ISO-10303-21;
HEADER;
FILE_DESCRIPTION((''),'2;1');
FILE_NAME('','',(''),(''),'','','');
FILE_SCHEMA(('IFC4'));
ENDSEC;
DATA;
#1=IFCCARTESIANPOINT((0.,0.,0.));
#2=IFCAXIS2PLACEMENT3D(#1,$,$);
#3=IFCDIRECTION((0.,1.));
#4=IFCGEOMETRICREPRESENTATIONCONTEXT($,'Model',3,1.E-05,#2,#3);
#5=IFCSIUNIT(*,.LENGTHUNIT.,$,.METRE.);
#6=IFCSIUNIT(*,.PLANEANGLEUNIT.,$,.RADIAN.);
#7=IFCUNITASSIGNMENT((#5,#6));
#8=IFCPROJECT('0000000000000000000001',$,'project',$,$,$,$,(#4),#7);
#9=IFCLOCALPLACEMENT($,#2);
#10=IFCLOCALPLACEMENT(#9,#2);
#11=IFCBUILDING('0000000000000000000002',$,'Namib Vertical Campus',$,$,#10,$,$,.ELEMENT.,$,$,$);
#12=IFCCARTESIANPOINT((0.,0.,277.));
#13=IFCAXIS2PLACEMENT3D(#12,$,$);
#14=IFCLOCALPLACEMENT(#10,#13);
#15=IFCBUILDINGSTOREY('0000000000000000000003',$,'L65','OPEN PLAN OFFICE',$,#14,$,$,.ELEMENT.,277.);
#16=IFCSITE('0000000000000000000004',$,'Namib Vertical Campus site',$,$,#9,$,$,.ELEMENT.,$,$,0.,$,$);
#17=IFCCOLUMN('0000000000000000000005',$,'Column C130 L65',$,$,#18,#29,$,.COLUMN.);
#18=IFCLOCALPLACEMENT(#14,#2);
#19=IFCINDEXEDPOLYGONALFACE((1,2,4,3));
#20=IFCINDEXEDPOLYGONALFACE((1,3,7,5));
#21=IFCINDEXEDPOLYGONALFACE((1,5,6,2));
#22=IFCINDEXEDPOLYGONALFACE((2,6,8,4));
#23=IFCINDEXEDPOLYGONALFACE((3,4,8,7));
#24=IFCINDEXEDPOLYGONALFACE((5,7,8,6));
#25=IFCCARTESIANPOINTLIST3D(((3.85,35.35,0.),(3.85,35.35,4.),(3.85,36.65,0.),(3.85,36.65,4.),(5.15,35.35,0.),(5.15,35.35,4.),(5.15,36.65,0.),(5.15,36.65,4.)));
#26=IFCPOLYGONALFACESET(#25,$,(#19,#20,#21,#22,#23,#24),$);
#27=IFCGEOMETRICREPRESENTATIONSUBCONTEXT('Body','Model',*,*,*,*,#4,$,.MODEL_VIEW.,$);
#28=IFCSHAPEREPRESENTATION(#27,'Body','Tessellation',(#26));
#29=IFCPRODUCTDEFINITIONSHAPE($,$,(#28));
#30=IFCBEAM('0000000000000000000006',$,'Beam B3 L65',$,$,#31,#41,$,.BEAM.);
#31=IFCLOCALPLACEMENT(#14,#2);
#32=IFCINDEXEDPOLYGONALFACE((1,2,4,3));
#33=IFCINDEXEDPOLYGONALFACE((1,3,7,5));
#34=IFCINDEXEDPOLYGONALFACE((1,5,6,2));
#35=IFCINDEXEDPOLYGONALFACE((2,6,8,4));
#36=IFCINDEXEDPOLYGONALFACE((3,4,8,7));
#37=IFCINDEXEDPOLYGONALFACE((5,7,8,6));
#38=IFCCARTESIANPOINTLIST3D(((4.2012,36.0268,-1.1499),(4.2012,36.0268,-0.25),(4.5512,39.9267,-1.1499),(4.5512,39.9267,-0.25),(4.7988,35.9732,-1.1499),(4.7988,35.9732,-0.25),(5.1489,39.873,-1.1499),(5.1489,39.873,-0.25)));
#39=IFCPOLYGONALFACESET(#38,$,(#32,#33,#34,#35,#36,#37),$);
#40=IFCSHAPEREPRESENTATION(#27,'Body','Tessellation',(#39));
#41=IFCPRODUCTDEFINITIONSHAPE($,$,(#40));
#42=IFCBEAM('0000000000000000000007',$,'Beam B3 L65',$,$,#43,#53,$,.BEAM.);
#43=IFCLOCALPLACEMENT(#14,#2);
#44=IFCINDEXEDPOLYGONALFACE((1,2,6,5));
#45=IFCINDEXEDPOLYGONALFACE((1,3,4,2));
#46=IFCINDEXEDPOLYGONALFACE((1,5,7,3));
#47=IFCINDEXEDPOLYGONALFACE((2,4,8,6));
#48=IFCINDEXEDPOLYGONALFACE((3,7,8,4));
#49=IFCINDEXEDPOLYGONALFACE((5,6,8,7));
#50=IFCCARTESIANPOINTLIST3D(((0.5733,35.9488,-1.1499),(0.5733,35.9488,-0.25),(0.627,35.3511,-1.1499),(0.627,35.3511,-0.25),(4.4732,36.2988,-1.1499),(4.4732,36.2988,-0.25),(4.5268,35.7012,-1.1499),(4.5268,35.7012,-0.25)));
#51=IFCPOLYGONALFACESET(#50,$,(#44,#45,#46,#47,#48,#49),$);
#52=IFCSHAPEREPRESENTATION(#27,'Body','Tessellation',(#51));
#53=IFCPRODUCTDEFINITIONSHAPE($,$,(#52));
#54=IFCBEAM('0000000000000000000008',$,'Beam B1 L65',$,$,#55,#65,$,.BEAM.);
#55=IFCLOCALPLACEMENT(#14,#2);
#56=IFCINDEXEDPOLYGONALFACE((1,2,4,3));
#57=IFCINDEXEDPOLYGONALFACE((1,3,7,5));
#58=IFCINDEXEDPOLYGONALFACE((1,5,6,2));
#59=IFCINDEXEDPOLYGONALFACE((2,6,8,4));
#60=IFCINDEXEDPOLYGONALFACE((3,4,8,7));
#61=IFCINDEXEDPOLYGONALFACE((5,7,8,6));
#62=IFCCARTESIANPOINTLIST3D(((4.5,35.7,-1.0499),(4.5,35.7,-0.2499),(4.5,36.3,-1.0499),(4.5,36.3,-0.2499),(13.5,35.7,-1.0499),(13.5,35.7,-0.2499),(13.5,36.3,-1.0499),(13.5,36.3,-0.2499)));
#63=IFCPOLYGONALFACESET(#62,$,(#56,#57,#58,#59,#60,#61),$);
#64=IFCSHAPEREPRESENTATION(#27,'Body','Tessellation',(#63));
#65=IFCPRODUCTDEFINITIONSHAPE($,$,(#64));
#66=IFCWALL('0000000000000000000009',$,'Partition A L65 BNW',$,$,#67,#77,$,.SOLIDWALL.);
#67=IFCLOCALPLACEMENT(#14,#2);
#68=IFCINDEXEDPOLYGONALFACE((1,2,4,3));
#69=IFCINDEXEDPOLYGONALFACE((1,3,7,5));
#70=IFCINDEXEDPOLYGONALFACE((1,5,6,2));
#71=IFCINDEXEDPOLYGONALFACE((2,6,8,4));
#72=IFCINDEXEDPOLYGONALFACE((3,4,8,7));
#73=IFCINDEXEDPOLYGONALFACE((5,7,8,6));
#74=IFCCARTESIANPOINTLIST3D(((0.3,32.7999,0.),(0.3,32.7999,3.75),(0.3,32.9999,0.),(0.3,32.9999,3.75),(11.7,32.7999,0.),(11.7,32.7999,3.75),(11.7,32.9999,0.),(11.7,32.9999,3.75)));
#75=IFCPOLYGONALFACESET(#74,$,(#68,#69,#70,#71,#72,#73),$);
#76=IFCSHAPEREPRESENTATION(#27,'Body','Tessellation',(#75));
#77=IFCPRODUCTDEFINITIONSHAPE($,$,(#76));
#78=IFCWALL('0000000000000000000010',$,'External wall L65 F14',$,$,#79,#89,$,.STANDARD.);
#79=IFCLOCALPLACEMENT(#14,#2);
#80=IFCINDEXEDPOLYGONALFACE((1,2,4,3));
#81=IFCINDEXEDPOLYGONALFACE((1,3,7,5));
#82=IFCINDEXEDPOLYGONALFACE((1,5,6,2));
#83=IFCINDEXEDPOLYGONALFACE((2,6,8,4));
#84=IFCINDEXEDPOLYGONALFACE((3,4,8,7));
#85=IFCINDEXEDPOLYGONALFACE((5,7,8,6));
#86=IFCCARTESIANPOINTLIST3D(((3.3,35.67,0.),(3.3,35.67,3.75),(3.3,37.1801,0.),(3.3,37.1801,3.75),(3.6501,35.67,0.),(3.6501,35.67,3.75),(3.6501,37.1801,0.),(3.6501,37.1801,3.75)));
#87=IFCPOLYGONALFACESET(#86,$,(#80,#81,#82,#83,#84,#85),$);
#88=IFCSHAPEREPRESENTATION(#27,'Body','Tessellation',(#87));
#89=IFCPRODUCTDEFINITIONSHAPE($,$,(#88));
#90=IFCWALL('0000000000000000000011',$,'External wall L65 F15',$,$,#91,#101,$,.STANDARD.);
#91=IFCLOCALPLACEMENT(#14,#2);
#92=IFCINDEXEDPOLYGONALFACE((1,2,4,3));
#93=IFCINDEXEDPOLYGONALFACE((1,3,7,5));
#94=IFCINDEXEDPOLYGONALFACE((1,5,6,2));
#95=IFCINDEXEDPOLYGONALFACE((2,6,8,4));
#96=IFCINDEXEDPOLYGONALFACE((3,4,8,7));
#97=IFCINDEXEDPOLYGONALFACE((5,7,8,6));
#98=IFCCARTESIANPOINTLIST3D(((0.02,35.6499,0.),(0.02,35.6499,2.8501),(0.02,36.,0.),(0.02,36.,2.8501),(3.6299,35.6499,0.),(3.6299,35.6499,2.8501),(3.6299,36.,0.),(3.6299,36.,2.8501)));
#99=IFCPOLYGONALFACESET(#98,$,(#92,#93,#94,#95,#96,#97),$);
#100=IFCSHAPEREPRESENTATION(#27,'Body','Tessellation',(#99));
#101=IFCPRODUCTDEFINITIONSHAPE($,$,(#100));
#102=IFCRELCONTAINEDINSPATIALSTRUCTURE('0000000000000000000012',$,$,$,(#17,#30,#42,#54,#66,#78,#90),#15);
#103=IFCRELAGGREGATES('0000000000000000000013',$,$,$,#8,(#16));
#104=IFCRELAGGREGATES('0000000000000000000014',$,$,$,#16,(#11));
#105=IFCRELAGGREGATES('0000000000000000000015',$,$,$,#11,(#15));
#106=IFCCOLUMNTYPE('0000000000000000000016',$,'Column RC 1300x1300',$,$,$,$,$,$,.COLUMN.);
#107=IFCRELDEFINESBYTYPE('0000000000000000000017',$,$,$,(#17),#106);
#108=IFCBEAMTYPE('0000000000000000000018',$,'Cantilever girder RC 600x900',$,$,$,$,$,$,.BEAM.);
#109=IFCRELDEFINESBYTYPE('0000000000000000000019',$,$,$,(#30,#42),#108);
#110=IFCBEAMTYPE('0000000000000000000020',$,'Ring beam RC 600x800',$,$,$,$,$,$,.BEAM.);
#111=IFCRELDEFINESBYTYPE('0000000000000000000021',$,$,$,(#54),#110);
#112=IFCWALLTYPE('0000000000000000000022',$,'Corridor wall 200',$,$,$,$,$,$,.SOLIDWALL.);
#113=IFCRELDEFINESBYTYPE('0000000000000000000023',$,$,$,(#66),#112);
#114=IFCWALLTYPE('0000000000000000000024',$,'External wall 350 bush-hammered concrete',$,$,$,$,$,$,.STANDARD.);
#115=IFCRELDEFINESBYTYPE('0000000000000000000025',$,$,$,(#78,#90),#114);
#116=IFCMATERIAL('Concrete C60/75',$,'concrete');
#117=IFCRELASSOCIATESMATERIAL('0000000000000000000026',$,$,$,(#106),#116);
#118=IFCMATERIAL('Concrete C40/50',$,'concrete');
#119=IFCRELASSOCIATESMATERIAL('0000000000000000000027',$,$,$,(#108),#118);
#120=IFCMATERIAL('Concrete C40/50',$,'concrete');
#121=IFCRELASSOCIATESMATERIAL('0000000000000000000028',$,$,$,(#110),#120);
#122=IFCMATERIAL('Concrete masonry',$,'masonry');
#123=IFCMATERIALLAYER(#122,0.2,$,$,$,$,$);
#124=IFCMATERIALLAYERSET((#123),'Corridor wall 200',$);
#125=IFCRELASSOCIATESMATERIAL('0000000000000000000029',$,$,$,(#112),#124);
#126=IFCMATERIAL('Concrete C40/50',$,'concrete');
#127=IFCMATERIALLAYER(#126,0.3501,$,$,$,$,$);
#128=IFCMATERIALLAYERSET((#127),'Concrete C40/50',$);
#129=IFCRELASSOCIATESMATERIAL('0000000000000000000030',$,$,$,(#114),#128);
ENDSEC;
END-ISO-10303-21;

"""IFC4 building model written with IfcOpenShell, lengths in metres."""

from ifc_helpers import new_model, si_unit, direction, frame, frame_2d, origin, origin_2d, place, context, subcontext, project, spatial, rectangle, extrude, material, layer, layer_set, material_profile, profile_set, type_object, element, save


model = new_model("IFC4")

# Units and contexts
model_context = context("Model", 3, precision=1e-05, world=origin(), true_north=direction((0.0, 1.0)))
body_context = subcontext(model_context, "Body", "Model", "MODEL_VIEW")
ifc_project = project(units=[si_unit("LENGTHUNIT", "METRE"), si_unit("PLANEANGLEUNIT", "RADIAN")], contexts=[model_context])

# Site, building, storey
site_placement = place(None, origin())
site = spatial("IfcSite", under=ifc_project, at=site_placement, Name="Namib Vertical Campus site", CompositionType="ELEMENT", RefElevation=0.0)
building_placement = place(site_placement, origin())
building = spatial("IfcBuilding", under=site, at=building_placement, Name="Namib Vertical Campus", CompositionType="ELEMENT")
storey_placement = place(building_placement, frame((0.0, 0.0, 277.0)))
storey = spatial("IfcBuildingStorey", under=building, at=storey_placement, Name="L65", Description="OPEN PLAN OFFICE", CompositionType="ELEMENT", Elevation=277.0)

# Column
ifc_material_1 = material(Name="Concrete C60/75", Category="concrete")
ifc_material_profile_1 = material_profile(ifc_material_1, rectangle(XDim=1.3, YDim=1.3, at=origin_2d()))
ifc_profile_set_1 = profile_set([ifc_material_profile_1], Name="Concrete C60/75")
column_type = type_object("IfcColumnType", Name="Column RC 1300x1300", PredefinedType="COLUMN", material=ifc_profile_set_1)
column_placement = place(storey_placement, frame((4.5, 36.0, 0.0), z_axis=(0.0, 0.0, 1.0), x_axis=(1.0, 0.0, 0.0)))
element("IfcColumn", 1, at=column_placement, inside=storey, type_object=column_type, Name="Column C130 L65", PredefinedType="COLUMN", context=body_context, shape_type="SweptSolid", body=[
    extrude(rectangle(XDim=1.3, YDim=1.3, at=origin_2d()), origin(), (0.0, 0.0, 1.0), 4.0),
])

# Beams
ifc_material_2 = material(Name="Concrete C40/50", Category="concrete")
ifc_material_profile_2 = material_profile(ifc_material_2, rectangle(XDim=0.6001, YDim=0.8999, at=origin_2d()))
ifc_profile_set_2 = profile_set([ifc_material_profile_2], Name="Concrete C40/50")
beam_type_1 = type_object("IfcBeamType", Name="Cantilever girder RC 600x900", PredefinedType="BEAM", material=ifc_profile_set_2)
for number, where, z_axis, x_axis, name in (
    (2, (4.5, 36.0, -0.7), (0.089411, 0.995995, 0.0), (-0.995995, 0.089411, 0.0), "Beam B3 L65"),
    (3, (4.5, 36.0, -0.7), (-0.995995, -0.089411, 0.0), (0.089411, -0.995995, 0.0), "Beam B3 L65"),
):
    element("IfcBeam", number, at=place(storey_placement, frame(where, z_axis=z_axis, x_axis=x_axis)), inside=storey, type_object=beam_type_1, Name=name, PredefinedType="BEAM", context=body_context, shape_type="SweptSolid", body=[
        extrude(rectangle(XDim=0.6001, YDim=0.8999, at=origin_2d()), origin(), (0.0, 0.0, 1.0), 3.9155),
    ])
ifc_material_3 = material(Name="Concrete C40/50", Category="concrete")
ifc_material_profile_3 = material_profile(ifc_material_3, rectangle(XDim=0.6001, YDim=0.8, at=origin_2d()))
ifc_profile_set_3 = profile_set([ifc_material_profile_3], Name="Concrete C40/50")
beam_type_2 = type_object("IfcBeamType", Name="Ring beam RC 600x800", PredefinedType="BEAM", material=ifc_profile_set_3)
beam_placement = place(storey_placement, frame((4.5, 36.0, -0.6499), z_axis=(1.0, 0.0, 0.0), x_axis=(0.0, 1.0, 0.0)))
element("IfcBeam", 4, at=beam_placement, inside=storey, type_object=beam_type_2, Name="Beam B1 L65", PredefinedType="BEAM", context=body_context, shape_type="SweptSolid", body=[
    extrude(rectangle(XDim=0.6001, YDim=0.8, at=origin_2d()), origin(), (0.0, 0.0, 1.0), 9.0),
])

# Walls
ifc_material_4 = material(Name="Concrete masonry", Category="masonry")
ifc_layer_1 = layer(ifc_material_4, 0.2)
ifc_layer_set_1 = layer_set([ifc_layer_1], Name="Corridor wall 200")
wall_type_1 = type_object("IfcWallType", Name="Corridor wall 200", PredefinedType="SOLIDWALL", material=ifc_layer_set_1)
wall_1_placement = place(storey_placement, frame((0.3, 32.8999, 0.0), z_axis=(0.0, 0.0, 1.0), x_axis=(1.0, 0.0, 0.0)))
element("IfcWall", 5, at=wall_1_placement, inside=storey, type_object=wall_type_1, Name="Partition A L65 BNW", PredefinedType="SOLIDWALL", context=body_context, shape_type="SweptSolid", body=[
    extrude(rectangle(XDim=11.3999, YDim=0.2, at=frame_2d((5.7, 0.0))), origin(), (0.0, 0.0, 1.0), 3.75),
])
ifc_material_5 = material(Name="Concrete C40/50", Category="concrete")
ifc_layer_2 = layer(ifc_material_5, 0.3501)
ifc_layer_set_2 = layer_set([ifc_layer_2], Name="Concrete C40/50")
wall_type_2 = type_object("IfcWallType", Name="External wall 350 bush-hammered concrete", PredefinedType="STANDARD", material=ifc_layer_set_2)
wall_2_placement = place(storey_placement, frame((3.4751, 37.1799, 0.0), z_axis=(0.0, 0.0, 1.0), x_axis=(0.0, -1.0, 0.0)))
element("IfcWall", 6, at=wall_2_placement, inside=storey, type_object=wall_type_2, Name="External wall L65 F14", PredefinedType="STANDARD", context=body_context, shape_type="SweptSolid", body=[
    extrude(rectangle(XDim=1.51, YDim=0.3501, at=frame_2d((0.7549, 0.0))), origin(), (0.0, 0.0, 1.0), 3.75),
])
wall_3_placement = place(storey_placement, frame((3.6299, 35.825, 0.0), z_axis=(0.0, 0.0, 1.0), x_axis=(-1.0, 0.0, 0.0)))
element("IfcWall", 7, at=wall_3_placement, inside=storey, type_object=wall_type_2, Name="External wall L65 F15", PredefinedType="STANDARD", context=body_context, shape_type="SweptSolid", body=[
    extrude(rectangle(XDim=3.6099, YDim=0.3501, at=frame_2d((1.8049, 0.0))), origin(), (0.0, 0.0, 1.0), 2.8501),
])

save(model, "model.ifc")
